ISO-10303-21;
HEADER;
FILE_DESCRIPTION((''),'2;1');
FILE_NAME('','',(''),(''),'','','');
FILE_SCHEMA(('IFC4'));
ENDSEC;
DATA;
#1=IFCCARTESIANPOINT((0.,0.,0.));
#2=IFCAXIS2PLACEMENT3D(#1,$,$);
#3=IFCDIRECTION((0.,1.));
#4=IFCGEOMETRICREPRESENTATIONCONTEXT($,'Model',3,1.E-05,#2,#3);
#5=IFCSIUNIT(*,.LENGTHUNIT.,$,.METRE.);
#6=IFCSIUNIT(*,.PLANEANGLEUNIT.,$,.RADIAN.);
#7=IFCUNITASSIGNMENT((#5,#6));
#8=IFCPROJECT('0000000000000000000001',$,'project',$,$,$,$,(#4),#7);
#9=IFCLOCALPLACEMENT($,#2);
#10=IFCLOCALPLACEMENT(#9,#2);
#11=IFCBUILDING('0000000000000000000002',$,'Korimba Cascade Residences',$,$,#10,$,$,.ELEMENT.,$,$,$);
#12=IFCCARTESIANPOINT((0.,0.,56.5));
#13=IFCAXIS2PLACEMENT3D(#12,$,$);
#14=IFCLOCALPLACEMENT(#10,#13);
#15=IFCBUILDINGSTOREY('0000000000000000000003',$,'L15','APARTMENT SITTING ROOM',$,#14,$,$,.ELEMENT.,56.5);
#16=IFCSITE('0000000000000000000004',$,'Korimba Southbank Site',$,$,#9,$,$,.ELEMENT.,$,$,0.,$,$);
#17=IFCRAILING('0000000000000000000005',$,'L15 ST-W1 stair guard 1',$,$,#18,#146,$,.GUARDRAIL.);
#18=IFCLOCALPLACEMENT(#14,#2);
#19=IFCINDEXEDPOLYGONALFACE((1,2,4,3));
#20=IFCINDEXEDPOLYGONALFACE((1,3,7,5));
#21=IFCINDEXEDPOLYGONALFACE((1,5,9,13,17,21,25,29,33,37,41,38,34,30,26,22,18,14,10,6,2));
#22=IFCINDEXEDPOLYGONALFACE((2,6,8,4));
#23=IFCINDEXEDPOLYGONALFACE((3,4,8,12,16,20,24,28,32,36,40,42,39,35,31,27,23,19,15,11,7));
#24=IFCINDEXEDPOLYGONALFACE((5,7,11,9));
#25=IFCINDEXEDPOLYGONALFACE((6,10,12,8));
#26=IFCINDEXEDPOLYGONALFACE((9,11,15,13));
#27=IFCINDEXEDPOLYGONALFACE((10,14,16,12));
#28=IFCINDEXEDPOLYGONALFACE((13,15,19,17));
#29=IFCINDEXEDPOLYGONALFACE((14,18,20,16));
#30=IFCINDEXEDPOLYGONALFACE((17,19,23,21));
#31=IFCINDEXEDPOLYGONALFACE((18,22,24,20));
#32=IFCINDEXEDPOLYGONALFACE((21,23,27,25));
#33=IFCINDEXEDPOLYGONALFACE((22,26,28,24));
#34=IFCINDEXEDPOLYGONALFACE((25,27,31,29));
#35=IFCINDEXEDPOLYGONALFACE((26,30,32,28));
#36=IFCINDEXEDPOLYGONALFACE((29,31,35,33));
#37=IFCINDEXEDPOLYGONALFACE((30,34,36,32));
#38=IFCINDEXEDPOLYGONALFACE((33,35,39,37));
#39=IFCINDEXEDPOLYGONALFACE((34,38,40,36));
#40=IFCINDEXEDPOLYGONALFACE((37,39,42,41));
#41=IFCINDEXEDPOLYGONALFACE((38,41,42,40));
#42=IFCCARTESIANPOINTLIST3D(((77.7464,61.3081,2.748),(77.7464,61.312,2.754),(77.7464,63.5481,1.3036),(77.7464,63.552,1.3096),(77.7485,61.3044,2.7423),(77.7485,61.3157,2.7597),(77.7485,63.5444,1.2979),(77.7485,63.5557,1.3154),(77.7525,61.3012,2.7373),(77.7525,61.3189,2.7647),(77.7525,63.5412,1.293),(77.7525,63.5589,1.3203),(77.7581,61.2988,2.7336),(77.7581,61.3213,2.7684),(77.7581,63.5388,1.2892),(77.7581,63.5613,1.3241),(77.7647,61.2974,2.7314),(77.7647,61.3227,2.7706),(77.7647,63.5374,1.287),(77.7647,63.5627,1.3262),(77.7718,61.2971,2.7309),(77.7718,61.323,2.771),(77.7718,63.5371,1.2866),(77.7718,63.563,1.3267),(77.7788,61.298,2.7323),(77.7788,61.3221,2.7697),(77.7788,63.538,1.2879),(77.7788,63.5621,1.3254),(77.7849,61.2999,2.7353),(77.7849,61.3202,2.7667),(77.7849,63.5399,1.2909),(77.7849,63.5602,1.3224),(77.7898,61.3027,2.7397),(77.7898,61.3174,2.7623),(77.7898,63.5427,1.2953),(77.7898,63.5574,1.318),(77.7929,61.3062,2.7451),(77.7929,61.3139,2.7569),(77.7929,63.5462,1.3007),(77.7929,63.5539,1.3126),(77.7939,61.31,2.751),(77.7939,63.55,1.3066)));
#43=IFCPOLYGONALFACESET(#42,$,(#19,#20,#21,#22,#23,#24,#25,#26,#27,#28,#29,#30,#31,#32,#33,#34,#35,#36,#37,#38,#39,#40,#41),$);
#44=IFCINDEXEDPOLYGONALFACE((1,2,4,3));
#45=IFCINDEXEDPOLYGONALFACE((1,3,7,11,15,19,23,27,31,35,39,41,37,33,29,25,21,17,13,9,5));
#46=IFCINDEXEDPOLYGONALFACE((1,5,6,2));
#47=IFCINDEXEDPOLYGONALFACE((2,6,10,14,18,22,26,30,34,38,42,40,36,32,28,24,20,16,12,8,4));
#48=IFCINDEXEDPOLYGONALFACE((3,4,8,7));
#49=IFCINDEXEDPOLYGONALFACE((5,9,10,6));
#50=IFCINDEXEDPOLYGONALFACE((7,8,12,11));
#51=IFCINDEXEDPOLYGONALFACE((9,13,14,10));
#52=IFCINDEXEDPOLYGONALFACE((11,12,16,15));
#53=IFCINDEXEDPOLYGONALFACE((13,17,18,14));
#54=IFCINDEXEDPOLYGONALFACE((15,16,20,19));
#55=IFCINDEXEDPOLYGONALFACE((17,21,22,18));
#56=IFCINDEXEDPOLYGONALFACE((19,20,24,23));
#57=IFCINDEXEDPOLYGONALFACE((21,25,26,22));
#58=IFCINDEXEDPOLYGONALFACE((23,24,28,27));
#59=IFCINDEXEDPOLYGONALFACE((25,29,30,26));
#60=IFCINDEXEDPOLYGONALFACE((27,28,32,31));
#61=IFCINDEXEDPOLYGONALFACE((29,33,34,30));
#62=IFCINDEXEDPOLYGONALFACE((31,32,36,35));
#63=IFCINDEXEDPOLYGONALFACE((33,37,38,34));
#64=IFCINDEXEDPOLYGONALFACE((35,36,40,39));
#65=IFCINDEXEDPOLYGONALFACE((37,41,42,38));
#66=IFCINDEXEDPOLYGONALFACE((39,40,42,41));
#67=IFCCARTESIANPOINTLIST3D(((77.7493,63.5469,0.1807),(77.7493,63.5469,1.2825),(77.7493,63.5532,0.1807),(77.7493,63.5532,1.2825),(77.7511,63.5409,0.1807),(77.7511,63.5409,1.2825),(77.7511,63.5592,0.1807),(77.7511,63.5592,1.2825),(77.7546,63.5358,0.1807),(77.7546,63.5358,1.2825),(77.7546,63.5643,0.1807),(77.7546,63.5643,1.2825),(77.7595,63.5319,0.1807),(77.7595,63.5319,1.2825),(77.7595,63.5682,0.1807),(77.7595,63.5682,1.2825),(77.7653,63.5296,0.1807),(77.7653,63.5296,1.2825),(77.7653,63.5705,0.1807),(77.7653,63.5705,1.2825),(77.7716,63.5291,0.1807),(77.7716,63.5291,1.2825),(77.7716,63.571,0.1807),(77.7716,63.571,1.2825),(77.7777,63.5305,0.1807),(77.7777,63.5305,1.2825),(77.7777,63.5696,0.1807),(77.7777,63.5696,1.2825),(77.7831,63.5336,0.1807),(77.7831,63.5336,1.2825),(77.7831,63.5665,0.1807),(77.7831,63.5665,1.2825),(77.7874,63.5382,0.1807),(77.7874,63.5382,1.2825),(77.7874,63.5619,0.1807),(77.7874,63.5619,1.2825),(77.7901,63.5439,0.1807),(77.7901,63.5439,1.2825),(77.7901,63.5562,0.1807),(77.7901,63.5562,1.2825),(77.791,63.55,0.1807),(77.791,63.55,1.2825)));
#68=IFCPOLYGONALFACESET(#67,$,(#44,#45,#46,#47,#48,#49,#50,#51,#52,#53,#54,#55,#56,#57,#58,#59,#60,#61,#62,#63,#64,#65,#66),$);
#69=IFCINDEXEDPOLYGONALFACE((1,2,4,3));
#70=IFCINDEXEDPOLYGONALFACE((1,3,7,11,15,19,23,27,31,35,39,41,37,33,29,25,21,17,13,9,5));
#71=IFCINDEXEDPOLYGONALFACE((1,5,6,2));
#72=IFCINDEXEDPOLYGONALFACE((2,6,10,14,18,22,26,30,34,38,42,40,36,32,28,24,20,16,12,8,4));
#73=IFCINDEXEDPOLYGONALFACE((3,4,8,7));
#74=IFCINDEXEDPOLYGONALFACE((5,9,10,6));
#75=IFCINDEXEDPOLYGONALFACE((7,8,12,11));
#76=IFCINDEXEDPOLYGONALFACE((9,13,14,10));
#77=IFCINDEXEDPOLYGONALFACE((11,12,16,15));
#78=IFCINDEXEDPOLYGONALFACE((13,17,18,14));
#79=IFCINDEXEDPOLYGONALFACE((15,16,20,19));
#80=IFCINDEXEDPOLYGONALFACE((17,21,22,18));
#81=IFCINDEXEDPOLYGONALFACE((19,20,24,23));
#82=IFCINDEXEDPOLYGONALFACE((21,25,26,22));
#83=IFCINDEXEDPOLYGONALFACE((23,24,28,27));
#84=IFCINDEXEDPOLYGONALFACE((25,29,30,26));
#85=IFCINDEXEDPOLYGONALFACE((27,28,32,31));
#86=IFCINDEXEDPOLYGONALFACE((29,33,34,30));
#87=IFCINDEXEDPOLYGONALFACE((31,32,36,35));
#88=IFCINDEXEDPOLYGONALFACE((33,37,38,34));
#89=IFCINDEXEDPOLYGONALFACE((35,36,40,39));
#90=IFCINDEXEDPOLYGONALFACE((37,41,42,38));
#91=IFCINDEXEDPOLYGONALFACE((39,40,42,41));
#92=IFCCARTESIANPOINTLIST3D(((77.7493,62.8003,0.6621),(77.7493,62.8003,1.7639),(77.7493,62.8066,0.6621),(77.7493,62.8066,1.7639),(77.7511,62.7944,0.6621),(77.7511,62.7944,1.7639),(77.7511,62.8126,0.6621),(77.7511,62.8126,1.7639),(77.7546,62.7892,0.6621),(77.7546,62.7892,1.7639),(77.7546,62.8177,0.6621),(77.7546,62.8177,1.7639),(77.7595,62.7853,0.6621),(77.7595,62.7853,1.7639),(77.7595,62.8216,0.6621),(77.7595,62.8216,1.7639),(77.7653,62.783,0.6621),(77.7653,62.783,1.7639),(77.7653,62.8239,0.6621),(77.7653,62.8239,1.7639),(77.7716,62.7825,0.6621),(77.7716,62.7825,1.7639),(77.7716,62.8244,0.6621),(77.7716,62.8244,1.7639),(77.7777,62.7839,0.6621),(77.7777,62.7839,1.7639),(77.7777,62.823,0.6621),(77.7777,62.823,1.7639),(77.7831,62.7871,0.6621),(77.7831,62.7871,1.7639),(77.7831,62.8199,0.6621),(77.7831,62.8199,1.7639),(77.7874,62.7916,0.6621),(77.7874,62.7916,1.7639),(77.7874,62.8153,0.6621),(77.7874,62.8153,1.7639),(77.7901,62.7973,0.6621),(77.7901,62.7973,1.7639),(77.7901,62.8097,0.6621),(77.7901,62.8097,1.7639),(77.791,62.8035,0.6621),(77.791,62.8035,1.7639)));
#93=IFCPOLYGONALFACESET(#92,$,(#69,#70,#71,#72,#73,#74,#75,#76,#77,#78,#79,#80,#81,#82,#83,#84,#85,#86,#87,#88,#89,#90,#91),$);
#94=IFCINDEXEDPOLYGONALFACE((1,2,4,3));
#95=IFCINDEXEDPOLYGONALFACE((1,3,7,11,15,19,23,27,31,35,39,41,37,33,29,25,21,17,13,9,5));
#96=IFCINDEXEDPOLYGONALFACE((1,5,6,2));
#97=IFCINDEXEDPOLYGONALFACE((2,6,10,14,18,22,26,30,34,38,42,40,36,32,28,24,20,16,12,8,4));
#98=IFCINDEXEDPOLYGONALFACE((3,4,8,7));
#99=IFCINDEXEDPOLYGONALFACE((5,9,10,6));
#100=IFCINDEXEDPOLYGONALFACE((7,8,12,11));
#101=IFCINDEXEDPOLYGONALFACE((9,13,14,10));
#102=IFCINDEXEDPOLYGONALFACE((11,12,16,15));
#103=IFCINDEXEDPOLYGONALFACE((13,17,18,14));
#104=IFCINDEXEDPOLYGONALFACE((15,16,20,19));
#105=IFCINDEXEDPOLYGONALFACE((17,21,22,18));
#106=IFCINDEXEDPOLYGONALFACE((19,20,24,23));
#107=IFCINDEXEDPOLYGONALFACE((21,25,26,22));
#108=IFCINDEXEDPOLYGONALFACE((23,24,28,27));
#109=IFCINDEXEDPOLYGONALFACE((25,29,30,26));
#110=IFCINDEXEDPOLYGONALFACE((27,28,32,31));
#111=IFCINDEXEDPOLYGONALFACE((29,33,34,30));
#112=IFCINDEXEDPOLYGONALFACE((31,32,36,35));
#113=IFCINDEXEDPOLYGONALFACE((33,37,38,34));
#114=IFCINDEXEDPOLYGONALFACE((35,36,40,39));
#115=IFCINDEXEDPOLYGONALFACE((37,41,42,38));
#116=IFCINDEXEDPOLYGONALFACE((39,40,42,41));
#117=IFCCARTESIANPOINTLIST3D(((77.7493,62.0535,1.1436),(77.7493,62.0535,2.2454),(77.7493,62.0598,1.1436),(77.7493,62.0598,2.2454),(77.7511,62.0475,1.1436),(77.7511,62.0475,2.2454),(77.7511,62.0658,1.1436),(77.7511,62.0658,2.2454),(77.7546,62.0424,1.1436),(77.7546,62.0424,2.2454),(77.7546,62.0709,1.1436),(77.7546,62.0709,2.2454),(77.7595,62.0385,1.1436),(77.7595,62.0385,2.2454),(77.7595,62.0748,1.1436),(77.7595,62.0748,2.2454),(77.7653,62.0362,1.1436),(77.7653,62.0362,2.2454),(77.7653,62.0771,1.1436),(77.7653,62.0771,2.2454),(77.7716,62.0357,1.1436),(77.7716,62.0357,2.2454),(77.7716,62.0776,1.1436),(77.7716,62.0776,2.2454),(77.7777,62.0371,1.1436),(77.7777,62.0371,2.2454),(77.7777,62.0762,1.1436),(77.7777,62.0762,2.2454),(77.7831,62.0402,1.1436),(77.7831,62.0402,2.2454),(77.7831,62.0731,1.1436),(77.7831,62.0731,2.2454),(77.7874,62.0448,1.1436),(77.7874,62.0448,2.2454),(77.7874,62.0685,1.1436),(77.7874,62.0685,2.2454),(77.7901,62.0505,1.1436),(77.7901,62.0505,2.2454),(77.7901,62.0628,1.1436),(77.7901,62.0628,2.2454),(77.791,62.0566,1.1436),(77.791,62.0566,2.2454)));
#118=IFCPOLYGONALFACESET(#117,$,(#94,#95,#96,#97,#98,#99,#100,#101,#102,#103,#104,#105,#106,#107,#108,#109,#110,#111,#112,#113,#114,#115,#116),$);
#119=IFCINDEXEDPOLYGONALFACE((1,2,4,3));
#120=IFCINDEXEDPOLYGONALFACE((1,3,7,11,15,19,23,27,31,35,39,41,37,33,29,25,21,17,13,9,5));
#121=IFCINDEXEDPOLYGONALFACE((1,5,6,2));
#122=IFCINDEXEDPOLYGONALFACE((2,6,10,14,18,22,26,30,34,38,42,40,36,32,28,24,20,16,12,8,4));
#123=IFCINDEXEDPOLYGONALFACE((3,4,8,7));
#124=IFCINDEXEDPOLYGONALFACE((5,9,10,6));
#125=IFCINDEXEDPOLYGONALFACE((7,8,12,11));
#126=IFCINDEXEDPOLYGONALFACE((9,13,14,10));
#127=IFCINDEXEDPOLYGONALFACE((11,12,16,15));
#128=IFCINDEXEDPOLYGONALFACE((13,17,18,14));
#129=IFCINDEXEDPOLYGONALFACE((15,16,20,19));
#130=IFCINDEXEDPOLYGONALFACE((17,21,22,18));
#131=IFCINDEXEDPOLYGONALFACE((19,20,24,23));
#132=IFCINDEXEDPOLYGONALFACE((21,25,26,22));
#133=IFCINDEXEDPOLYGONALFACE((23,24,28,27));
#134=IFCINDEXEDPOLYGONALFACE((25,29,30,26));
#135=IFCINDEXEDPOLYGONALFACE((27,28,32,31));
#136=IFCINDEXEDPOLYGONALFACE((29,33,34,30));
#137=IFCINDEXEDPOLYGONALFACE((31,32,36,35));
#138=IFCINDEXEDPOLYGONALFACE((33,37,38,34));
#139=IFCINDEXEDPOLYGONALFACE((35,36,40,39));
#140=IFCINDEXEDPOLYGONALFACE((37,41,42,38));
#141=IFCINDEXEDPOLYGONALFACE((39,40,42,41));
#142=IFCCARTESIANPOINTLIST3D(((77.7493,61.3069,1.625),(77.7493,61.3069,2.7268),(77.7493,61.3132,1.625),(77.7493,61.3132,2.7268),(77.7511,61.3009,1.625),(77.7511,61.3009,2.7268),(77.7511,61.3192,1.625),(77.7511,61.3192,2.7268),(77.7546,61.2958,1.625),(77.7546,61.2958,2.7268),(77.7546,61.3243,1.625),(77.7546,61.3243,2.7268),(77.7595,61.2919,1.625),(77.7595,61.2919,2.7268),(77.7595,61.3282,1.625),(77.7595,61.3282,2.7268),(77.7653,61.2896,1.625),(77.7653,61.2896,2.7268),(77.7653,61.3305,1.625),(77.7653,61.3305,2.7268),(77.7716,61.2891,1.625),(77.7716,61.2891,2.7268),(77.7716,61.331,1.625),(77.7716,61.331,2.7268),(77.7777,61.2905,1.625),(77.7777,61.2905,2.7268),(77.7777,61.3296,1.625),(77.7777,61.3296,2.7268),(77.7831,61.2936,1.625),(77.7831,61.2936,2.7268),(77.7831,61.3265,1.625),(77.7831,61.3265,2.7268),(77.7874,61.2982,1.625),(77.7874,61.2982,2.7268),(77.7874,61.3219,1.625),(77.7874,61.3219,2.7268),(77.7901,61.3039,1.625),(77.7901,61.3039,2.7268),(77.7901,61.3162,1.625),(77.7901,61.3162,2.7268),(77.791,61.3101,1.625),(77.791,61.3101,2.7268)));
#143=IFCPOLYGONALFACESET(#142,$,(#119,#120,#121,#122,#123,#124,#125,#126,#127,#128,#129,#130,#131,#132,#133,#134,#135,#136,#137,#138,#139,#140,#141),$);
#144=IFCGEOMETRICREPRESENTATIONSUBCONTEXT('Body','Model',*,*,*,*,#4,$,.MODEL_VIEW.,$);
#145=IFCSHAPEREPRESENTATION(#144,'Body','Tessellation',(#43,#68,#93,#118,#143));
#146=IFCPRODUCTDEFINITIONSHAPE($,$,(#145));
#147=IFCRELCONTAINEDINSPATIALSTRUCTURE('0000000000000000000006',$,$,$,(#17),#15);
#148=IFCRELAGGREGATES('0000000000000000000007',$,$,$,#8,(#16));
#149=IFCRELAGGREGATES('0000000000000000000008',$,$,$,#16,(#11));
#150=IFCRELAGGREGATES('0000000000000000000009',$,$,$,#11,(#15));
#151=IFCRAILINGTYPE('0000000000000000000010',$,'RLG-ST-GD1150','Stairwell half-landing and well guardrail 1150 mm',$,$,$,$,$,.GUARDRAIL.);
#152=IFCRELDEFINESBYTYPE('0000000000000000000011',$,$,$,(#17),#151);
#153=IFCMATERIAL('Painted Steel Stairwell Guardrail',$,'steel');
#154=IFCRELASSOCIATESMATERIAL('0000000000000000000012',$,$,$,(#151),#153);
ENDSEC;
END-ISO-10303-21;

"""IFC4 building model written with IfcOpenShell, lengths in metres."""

from ifc_helpers import new_model, si_unit, direction, frame, origin, origin_2d, place, context, subcontext, project, spatial, circle, extrude, material, type_object, element, save


model = new_model("IFC4")

# Units and contexts
model_context = context("Model", 3, precision=1e-05, world=origin(), true_north=direction((0.0, 1.0)))
body_context = subcontext(model_context, "Body", "Model", "MODEL_VIEW")
ifc_project = project(units=[si_unit("LENGTHUNIT", "METRE"), si_unit("PLANEANGLEUNIT", "RADIAN")], contexts=[model_context])

# Site, building, storey
site_placement = place(None, origin())
site = spatial("IfcSite", under=ifc_project, at=site_placement, Name="Korimba Southbank Site", CompositionType="ELEMENT", RefElevation=0.0)
building_placement = place(site_placement, origin())
building = spatial("IfcBuilding", under=site, at=building_placement, Name="Korimba Cascade Residences", CompositionType="ELEMENT")
storey_placement = place(building_placement, frame((0.0, 0.0, 56.5)))
storey = spatial("IfcBuildingStorey", under=building, at=storey_placement, Name="L15", Description="APARTMENT SITTING ROOM", CompositionType="ELEMENT", Elevation=56.5)

# Railing
ifc_material_1 = material(Name="Painted Steel Stairwell Guardrail", Category="steel")
railing_type_1 = type_object("IfcRailingType", Name="RLG-ST-GD1150", Description="Stairwell half-landing and well guardrail 1150 mm", PredefinedType="GUARDRAIL", material=ifc_material_1)
railing_1_placement = place(storey_placement, frame((77.77, 63.55, 0.1807)))
element("IfcRailing", 1, at=railing_1_placement, inside=storey, type_object=railing_type_1, Name="L15 ST-W1 stair guard 1", PredefinedType="GUARDRAIL", context=body_context, shape_type="SweptSolid", body=[
    extrude(circle(Radius=0.0239, at=origin_2d()), frame((0.0, 0.0, 1.126), z_axis=(0.0, -0.840437, 0.54191), x_axis=(1.0, 0.0, 0.0)), (0.0, 0.0, 1.0), 2.6653),
    extrude(circle(Radius=0.021, at=origin_2d()), origin(), (0.0, 0.0, 1.0), 1.1018),
    extrude(circle(Radius=0.021, at=origin_2d()), frame((0.0, -0.7466, 0.4814)), (0.0, 0.0, 1.0), 1.1018),
    extrude(circle(Radius=0.021, at=origin_2d()), frame((0.0, -1.4934, 0.9629)), (0.0, 0.0, 1.0), 1.1018),
    extrude(circle(Radius=0.021, at=origin_2d()), frame((0.0, -2.24, 1.4443)), (0.0, 0.0, 1.0), 1.1018),
])

save(model, "model.ifc")
